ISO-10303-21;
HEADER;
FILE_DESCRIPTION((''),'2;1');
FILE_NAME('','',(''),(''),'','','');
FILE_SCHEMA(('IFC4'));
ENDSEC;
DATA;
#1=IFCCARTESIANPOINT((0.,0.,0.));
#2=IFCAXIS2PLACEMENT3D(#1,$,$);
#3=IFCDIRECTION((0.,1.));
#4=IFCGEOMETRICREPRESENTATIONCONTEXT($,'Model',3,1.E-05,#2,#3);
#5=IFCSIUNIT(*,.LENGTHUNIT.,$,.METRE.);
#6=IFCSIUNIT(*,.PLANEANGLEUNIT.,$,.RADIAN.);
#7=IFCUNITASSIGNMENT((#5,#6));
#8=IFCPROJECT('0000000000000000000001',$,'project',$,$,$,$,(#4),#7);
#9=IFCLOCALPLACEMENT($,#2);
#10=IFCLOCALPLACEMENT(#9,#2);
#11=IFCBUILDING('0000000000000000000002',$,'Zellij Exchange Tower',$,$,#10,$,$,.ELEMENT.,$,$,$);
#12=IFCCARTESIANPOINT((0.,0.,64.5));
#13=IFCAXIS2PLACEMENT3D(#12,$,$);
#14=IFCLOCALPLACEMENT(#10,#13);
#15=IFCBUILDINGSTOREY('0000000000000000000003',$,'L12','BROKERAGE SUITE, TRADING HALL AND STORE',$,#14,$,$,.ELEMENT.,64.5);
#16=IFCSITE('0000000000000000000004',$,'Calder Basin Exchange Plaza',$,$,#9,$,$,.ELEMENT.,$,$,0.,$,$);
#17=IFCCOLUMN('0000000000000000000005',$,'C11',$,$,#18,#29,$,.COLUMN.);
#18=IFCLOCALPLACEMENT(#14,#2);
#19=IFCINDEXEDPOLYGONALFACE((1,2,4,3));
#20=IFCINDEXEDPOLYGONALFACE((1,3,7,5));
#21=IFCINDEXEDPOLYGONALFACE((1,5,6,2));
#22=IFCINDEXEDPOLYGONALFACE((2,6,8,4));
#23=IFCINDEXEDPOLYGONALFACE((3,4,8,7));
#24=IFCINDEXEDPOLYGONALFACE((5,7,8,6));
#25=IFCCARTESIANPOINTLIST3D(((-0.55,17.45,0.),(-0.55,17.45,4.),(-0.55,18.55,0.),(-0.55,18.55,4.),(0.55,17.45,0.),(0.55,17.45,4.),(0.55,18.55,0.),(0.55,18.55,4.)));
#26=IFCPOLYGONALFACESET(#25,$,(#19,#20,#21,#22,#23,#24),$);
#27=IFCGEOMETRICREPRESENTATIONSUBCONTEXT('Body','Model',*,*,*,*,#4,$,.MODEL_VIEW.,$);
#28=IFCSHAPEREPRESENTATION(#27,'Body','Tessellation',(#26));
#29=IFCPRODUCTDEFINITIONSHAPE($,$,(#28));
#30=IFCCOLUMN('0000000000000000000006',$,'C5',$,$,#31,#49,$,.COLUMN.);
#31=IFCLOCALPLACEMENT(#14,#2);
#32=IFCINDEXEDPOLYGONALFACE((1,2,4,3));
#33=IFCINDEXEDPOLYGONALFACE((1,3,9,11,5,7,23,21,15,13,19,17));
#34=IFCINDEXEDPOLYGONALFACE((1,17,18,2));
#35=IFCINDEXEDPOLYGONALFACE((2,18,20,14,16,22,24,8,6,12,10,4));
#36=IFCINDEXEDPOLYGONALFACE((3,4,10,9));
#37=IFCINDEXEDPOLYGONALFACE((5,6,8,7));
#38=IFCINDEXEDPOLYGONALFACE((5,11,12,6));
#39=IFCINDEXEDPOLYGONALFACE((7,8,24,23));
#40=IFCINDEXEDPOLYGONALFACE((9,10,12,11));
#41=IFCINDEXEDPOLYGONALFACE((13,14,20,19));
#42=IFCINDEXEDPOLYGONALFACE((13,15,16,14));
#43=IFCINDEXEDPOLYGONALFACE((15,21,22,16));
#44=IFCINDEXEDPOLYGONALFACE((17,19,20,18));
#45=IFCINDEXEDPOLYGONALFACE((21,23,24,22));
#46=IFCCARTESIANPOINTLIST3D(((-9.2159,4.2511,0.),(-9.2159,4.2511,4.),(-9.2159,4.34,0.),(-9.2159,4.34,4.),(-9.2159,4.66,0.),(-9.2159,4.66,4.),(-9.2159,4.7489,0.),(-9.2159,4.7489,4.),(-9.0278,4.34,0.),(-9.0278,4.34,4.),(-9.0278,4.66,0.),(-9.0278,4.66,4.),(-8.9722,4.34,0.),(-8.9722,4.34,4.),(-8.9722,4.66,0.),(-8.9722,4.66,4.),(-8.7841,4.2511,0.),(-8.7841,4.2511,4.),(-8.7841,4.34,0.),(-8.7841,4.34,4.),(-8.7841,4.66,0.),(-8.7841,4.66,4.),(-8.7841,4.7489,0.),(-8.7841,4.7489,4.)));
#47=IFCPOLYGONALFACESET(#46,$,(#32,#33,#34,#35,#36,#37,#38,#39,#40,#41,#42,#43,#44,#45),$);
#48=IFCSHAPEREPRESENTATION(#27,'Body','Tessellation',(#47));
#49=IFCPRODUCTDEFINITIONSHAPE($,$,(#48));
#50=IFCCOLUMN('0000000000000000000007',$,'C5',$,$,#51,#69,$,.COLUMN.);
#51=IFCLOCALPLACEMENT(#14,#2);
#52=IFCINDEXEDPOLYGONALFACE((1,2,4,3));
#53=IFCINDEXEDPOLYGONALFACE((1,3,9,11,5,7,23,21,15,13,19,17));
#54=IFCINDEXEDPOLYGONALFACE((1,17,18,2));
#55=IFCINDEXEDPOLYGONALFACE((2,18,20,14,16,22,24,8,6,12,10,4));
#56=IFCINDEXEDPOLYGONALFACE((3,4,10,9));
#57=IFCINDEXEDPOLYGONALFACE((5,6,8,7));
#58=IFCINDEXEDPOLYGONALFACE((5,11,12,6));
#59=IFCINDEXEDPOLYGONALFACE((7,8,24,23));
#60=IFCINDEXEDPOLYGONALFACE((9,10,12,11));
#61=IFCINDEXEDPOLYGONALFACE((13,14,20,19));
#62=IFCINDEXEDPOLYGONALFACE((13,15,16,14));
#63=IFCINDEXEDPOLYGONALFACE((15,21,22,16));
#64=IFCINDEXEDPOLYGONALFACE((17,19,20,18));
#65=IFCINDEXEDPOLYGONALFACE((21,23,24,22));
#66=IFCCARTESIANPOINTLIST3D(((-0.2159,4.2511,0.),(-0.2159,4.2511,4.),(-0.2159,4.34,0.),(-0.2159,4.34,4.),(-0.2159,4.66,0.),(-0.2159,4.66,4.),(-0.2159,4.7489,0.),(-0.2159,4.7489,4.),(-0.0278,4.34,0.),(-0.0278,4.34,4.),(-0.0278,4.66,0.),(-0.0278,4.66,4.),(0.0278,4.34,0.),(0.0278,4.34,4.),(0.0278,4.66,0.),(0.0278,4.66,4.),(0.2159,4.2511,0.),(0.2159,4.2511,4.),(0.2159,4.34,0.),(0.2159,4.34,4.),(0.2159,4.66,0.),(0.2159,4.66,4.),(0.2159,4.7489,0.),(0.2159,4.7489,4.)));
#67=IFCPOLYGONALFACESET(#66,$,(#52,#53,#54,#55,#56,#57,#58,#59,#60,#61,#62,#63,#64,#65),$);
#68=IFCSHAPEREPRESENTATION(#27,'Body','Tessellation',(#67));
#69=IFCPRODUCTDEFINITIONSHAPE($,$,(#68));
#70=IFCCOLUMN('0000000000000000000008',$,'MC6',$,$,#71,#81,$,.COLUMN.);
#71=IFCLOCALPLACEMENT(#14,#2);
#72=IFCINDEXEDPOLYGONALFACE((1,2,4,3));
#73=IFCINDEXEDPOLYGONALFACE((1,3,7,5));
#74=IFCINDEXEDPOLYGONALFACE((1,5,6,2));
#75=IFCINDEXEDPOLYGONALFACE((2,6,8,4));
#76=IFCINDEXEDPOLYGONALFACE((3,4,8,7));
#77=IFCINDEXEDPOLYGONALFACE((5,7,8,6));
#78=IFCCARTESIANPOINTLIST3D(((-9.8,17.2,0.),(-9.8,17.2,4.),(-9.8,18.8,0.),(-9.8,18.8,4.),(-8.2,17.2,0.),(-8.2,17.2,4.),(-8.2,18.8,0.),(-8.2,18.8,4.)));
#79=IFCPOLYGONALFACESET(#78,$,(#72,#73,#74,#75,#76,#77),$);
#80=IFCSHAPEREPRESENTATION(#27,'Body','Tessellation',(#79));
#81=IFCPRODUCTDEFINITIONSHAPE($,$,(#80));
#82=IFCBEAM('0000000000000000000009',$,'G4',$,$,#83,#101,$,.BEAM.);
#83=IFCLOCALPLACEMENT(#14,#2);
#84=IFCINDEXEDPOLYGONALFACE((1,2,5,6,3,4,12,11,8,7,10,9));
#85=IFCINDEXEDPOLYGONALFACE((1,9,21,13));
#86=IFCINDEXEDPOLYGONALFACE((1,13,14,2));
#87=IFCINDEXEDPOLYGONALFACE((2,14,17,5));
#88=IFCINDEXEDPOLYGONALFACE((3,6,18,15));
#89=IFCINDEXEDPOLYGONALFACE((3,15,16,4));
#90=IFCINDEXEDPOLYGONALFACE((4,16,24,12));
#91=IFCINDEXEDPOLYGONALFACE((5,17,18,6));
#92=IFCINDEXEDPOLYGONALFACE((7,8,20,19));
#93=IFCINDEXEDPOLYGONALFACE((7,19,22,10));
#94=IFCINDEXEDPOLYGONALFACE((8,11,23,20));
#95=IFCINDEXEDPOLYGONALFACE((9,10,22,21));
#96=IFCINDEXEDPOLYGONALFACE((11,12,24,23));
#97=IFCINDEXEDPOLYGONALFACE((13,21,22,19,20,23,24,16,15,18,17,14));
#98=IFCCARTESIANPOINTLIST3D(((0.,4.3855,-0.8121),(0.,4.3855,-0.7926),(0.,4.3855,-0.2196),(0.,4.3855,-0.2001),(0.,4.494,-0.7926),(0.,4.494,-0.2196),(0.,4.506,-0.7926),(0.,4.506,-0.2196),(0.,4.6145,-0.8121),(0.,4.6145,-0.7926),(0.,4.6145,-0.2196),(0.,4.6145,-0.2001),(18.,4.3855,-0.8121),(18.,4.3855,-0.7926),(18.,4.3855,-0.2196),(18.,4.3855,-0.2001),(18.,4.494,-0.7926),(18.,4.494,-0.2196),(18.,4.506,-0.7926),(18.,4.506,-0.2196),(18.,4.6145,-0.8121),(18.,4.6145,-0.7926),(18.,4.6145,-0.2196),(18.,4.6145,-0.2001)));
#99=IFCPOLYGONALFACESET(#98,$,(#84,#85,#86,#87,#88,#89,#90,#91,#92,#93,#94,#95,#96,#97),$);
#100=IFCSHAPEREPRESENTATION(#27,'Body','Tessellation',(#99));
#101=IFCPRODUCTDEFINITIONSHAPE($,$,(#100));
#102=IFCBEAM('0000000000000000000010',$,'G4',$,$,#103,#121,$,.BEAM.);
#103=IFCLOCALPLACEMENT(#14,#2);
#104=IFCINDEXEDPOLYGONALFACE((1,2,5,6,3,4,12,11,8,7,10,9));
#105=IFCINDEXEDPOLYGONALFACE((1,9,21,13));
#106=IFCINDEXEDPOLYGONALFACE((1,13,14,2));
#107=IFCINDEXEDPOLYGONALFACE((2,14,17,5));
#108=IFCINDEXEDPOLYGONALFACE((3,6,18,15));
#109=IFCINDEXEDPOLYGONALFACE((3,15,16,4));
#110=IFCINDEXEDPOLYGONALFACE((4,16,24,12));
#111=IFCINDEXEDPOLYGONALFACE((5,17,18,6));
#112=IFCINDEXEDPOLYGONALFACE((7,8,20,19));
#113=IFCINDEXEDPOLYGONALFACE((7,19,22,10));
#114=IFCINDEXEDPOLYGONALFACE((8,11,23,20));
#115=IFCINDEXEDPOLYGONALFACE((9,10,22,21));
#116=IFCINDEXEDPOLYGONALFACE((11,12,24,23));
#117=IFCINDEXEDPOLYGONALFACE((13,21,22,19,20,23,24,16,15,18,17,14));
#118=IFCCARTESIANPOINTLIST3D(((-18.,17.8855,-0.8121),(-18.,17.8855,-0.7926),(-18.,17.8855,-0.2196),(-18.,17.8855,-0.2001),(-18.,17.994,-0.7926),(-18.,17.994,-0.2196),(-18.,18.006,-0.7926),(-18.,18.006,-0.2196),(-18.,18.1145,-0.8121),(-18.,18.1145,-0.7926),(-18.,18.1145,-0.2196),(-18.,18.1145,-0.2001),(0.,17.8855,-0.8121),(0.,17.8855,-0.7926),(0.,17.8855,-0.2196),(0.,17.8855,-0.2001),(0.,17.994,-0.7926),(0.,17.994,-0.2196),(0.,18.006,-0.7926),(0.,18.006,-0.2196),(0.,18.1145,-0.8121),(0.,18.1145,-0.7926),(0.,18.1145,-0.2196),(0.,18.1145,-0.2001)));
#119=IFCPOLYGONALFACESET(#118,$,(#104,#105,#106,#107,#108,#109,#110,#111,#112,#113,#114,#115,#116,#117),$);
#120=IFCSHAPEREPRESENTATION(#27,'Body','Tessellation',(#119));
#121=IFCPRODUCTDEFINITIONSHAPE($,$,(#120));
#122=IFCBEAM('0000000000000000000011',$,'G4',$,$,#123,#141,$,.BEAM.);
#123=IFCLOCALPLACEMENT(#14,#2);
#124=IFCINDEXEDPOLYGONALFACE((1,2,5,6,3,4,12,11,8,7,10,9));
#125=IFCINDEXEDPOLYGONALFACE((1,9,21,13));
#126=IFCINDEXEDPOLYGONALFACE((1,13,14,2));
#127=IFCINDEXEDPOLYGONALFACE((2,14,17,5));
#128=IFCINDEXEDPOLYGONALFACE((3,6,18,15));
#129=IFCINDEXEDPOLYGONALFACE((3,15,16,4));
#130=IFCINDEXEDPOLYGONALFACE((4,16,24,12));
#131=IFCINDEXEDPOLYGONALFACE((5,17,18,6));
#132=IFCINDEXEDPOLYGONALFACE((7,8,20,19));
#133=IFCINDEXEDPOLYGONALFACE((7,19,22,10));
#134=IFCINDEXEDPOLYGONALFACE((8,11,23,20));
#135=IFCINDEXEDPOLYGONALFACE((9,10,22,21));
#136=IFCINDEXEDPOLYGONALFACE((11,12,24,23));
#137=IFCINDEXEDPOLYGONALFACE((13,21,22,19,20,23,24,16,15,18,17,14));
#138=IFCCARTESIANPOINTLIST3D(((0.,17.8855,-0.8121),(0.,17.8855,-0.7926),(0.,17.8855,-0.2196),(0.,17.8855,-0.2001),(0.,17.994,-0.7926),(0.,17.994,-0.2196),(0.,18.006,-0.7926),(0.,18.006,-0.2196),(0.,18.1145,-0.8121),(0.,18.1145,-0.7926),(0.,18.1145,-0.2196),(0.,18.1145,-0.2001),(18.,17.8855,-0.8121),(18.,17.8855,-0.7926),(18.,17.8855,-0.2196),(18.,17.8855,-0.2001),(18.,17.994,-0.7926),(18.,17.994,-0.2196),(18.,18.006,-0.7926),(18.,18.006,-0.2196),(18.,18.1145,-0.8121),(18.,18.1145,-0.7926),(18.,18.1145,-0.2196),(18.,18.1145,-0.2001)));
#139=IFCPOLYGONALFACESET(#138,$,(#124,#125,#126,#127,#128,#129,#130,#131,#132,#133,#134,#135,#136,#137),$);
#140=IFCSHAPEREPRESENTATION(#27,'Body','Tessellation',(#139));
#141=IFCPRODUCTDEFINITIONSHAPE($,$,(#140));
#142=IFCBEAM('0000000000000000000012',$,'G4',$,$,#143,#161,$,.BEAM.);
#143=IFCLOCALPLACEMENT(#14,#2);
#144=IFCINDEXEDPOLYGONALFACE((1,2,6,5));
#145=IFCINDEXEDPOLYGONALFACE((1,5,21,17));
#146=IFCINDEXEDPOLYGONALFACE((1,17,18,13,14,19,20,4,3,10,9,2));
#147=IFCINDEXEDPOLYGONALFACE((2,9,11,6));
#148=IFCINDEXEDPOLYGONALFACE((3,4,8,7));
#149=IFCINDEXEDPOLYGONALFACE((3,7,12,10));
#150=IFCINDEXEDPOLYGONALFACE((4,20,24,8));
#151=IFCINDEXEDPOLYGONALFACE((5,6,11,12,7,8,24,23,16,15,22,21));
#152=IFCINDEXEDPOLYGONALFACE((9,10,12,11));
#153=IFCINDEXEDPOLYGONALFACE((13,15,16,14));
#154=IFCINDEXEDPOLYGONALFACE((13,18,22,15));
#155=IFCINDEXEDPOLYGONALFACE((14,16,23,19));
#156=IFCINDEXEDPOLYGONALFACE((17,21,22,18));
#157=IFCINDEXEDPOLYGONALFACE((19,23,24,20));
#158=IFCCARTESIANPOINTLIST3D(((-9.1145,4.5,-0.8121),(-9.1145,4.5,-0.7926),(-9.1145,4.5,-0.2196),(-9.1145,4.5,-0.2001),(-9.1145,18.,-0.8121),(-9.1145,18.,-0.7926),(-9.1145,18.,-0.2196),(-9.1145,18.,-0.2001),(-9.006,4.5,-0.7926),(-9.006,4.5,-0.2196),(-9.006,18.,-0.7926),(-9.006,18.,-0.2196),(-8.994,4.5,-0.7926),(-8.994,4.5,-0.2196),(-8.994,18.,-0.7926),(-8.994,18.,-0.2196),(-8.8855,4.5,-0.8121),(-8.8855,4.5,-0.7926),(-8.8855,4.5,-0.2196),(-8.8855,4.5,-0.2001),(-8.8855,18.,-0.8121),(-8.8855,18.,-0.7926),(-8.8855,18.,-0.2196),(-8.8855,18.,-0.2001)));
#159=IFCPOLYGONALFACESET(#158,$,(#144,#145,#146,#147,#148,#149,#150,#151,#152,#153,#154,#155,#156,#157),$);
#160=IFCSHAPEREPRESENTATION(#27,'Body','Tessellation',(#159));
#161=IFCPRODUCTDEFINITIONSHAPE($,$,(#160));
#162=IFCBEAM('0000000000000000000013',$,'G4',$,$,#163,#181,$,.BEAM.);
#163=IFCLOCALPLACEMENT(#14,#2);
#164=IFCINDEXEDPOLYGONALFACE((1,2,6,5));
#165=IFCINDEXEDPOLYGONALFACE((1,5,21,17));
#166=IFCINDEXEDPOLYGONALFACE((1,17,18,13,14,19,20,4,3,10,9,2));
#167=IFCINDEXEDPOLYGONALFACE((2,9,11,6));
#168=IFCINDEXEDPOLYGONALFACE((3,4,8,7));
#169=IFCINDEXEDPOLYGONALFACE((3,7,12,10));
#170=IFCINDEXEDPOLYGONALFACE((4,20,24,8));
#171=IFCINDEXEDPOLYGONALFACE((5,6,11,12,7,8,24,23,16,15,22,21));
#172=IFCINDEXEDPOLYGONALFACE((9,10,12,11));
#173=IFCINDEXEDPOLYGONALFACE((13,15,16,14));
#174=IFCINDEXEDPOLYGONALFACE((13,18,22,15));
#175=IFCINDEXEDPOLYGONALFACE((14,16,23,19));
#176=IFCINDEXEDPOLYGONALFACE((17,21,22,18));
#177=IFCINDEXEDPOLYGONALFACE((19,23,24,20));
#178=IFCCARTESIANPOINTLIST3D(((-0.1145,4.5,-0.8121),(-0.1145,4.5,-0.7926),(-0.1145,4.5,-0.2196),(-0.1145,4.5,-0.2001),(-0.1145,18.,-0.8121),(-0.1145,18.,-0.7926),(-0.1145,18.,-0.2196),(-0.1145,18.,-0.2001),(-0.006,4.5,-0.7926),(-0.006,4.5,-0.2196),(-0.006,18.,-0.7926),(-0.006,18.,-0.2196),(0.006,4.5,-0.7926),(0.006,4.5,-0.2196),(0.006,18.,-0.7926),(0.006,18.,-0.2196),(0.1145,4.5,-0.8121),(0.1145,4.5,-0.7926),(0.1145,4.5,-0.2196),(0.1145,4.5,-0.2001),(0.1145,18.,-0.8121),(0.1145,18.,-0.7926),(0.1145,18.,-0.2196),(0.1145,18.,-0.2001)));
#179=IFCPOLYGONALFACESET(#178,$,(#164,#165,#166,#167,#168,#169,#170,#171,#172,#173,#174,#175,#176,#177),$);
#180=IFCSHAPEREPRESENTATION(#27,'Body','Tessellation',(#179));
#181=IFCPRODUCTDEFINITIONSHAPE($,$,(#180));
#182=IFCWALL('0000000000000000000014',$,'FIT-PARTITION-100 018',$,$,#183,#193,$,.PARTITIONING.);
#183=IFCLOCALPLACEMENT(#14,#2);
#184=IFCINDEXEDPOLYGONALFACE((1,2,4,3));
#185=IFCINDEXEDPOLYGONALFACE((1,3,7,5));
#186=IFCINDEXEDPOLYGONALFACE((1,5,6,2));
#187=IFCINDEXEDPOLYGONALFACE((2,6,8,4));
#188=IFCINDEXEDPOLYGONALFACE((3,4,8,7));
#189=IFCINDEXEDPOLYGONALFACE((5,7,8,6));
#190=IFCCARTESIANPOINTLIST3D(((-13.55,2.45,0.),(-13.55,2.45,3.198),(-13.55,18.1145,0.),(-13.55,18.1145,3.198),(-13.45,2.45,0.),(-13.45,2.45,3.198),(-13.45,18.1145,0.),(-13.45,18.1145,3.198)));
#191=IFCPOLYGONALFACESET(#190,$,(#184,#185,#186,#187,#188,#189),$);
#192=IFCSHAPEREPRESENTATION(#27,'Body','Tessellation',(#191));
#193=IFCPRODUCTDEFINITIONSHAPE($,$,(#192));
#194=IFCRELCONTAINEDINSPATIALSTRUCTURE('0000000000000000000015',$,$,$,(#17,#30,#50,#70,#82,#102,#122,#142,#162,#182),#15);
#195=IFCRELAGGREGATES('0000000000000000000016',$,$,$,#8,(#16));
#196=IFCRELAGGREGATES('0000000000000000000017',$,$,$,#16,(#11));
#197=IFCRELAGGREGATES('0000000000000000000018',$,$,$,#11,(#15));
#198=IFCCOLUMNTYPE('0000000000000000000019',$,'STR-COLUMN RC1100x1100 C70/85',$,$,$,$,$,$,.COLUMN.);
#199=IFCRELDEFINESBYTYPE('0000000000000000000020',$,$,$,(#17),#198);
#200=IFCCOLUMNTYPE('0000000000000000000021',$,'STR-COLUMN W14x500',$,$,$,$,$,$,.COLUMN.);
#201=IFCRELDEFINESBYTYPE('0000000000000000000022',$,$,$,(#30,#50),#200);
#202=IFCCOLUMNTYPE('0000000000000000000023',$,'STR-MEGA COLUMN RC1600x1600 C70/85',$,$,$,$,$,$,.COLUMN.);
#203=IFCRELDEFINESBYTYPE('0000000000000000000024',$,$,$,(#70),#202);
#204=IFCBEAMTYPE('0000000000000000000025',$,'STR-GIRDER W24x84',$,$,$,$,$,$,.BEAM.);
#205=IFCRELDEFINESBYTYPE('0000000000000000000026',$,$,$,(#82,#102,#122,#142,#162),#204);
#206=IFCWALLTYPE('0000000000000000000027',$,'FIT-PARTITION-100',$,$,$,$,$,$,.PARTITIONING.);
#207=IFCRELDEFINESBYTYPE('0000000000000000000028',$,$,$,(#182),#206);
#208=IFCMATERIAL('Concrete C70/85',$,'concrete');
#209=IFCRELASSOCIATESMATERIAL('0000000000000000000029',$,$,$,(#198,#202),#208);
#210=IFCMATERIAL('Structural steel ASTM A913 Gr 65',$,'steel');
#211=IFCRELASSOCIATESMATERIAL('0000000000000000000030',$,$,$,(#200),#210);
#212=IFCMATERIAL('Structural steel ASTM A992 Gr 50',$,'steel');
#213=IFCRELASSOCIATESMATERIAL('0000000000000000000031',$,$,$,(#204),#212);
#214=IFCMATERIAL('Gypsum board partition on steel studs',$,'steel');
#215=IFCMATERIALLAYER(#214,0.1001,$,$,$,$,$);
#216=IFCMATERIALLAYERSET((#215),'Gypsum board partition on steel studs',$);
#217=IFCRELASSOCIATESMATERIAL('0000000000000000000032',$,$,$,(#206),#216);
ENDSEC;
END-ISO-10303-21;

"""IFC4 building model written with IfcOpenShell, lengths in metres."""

from ifc_helpers import new_model, si_unit, direction, frame, frame_2d, origin, origin_2d, place, context, subcontext, project, spatial, rectangle, i_section, extrude, material, layer, layer_set, material_profile, profile_set, type_object, element, save


model = new_model("IFC4")

# Units and contexts
model_context = context("Model", 3, precision=1e-05, world=origin(), true_north=direction((0.0, 1.0)))
body_context = subcontext(model_context, "Body", "Model", "MODEL_VIEW")
ifc_project = project(units=[si_unit("LENGTHUNIT", "METRE"), si_unit("PLANEANGLEUNIT", "RADIAN")], contexts=[model_context])

# Site, building, storey
site_placement = place(None, origin())
site = spatial("IfcSite", under=ifc_project, at=site_placement, Name="Calder Basin Exchange Plaza", CompositionType="ELEMENT", RefElevation=0.0)
building_placement = place(site_placement, origin())
building = spatial("IfcBuilding", under=site, at=building_placement, Name="Zellij Exchange Tower", CompositionType="ELEMENT")
storey_placement = place(building_placement, frame((0.0, 0.0, 64.5)))
storey = spatial("IfcBuildingStorey", under=building, at=storey_placement, Name="L12", Description="BROKERAGE SUITE, TRADING HALL AND STORE", CompositionType="ELEMENT", Elevation=64.5)

# Columns
ifc_material_1 = material(Name="Concrete C70/85", Category="concrete")
ifc_material_profile_1 = material_profile(ifc_material_1, rectangle(XDim=1.1001, YDim=1.1001, at=origin_2d()), Name="STR-COLUMN RC1100x1100 C70/85")
ifc_profile_set_1 = profile_set([ifc_material_profile_1], Name="Concrete C70/85")
column_type_1 = type_object("IfcColumnType", Name="STR-COLUMN RC1100x1100 C70/85", PredefinedType="COLUMN", material=ifc_profile_set_1)
column_1_placement = place(storey_placement, frame((0.0, 18.0, 0.0), z_axis=(0.0, 0.0, 1.0), x_axis=(1.0, 0.0, 0.0)))
element("IfcColumn", 1, at=column_1_placement, inside=storey, type_object=column_type_1, Name="C11", PredefinedType="COLUMN", context=body_context, shape_type="SweptSolid", body=[
    extrude(rectangle(XDim=1.1001, YDim=1.1001, at=origin_2d()), origin(), (0.0, 0.0, 1.0), 4.0),
])
ifc_material_2 = material(Name="Structural steel ASTM A913 Gr 65", Category="steel")
ifc_material_profile_2 = material_profile(ifc_material_2, i_section(OverallWidth=0.4319, OverallDepth=0.4978, WebThickness=0.0557, FlangeThickness=0.0889, at=origin_2d()), Name="W14x500")
ifc_profile_set_2 = profile_set([ifc_material_profile_2], Name="Structural steel ASTM A913 Gr 65")
column_type_2 = type_object("IfcColumnType", Name="STR-COLUMN W14x500", PredefinedType="COLUMN", material=ifc_profile_set_2)
for number, where, z_axis, x_axis, name in (
    (2, (-9.0, 4.5, 0.0), (0.0, 0.0, 1.0), (1.0, 0.0, 0.0), "C5"),
    (3, (0.0, 4.5, 0.0), (0.0, 0.0, 1.0), (1.0, 0.0, 0.0), "C5"),
):
    element("IfcColumn", number, at=place(storey_placement, frame(where, z_axis=z_axis, x_axis=x_axis)), inside=storey, type_object=column_type_2, Name=name, PredefinedType="COLUMN", context=body_context, shape_type="SweptSolid", body=[
        extrude(i_section(OverallWidth=0.4319, OverallDepth=0.4978, WebThickness=0.0557, FlangeThickness=0.0889, at=origin_2d()), origin(), (0.0, 0.0, 1.0), 4.0),
    ])
ifc_material_profile_3 = material_profile(ifc_material_1, rectangle(XDim=1.6001, YDim=1.6001, at=origin_2d()), Name="STR-MEGA COLUMN RC1600x1600 C70/85")
ifc_profile_set_3 = profile_set([ifc_material_profile_3], Name="Concrete C70/85")
column_type_3 = type_object("IfcColumnType", Name="STR-MEGA COLUMN RC1600x1600 C70/85", PredefinedType="COLUMN", material=ifc_profile_set_3)
column_2_placement = place(storey_placement, frame((-9.0, 18.0, 0.0), z_axis=(0.0, 0.0, 1.0), x_axis=(1.0, 0.0, 0.0)))
element("IfcColumn", 4, at=column_2_placement, inside=storey, type_object=column_type_3, Name="MC6", PredefinedType="COLUMN", context=body_context, shape_type="SweptSolid", body=[
    extrude(rectangle(XDim=1.6001, YDim=1.6001, at=origin_2d()), origin(), (0.0, 0.0, 1.0), 4.0),
])

# Beams
ifc_material_3 = material(Name="Structural steel ASTM A992 Gr 50", Category="steel")
ifc_material_profile_4 = material_profile(ifc_material_3, i_section(OverallWidth=0.229, OverallDepth=0.6121, WebThickness=0.012, FlangeThickness=0.0195, at=origin_2d()), Name="W24x84")
ifc_profile_set_4 = profile_set([ifc_material_profile_4], Name="Structural steel ASTM A992 Gr 50")
beam_type = type_object("IfcBeamType", Name="STR-GIRDER W24x84", PredefinedType="BEAM", material=ifc_profile_set_4)
for number, where, z_axis, x_axis, name in (
    (5, (0.0, 4.5, -0.5061), (1.0, 0.0, 0.0), (0.0, 1.0, 0.0), "G4"),
    (6, (-18.0, 18.0, -0.5061), (1.0, 0.0, 0.0), (0.0, 1.0, 0.0), "G4"),
    (7, (0.0, 18.0, -0.5061), (1.0, 0.0, 0.0), (0.0, 1.0, 0.0), "G4"),
):
    element("IfcBeam", number, at=place(storey_placement, frame(where, z_axis=z_axis, x_axis=x_axis)), inside=storey, type_object=beam_type, Name=name, PredefinedType="BEAM", context=body_context, shape_type="SweptSolid", body=[
        extrude(i_section(OverallWidth=0.229, OverallDepth=0.6121, WebThickness=0.012, FlangeThickness=0.0195, at=origin_2d()), origin(), (0.0, 0.0, 1.0), 18.0),
    ])
for number, where, z_axis, x_axis, name in (
    (8, (-9.0, 4.5, -0.5061), (0.0, 1.0, 0.0), (-1.0, 0.0, 0.0), "G4"),
    (9, (0.0, 4.5, -0.5061), (0.0, 1.0, 0.0), (-1.0, 0.0, 0.0), "G4"),
):
    element("IfcBeam", number, at=place(storey_placement, frame(where, z_axis=z_axis, x_axis=x_axis)), inside=storey, type_object=beam_type, Name=name, PredefinedType="BEAM", context=body_context, shape_type="SweptSolid", body=[
        extrude(i_section(OverallWidth=0.229, OverallDepth=0.6121, WebThickness=0.012, FlangeThickness=0.0195, at=origin_2d()), origin(), (0.0, 0.0, 1.0), 13.5),
    ])

# Wall
ifc_material_4 = material(Name="Gypsum board partition on steel studs", Category="steel")
ifc_layer = layer(ifc_material_4, 0.1001)
ifc_layer_set = layer_set([ifc_layer], Name="Gypsum board partition on steel studs")
wall_type = type_object("IfcWallType", Name="FIT-PARTITION-100", PredefinedType="PARTITIONING", material=ifc_layer_set)
wall_1_placement = place(storey_placement, frame((-13.5, 2.45, 0.0), z_axis=(0.0, 0.0, 1.0), x_axis=(0.0, 1.0, 0.0)))
element("IfcWall", 10, at=wall_1_placement, inside=storey, type_object=wall_type, Name="FIT-PARTITION-100 018", PredefinedType="PARTITIONING", context=body_context, shape_type="SweptSolid", body=[
    extrude(rectangle(XDim=15.6646, YDim=0.1001, at=frame_2d((7.8323, 0.0))), origin(), (0.0, 0.0, 1.0), 3.198),
])

save(model, "model.ifc")
